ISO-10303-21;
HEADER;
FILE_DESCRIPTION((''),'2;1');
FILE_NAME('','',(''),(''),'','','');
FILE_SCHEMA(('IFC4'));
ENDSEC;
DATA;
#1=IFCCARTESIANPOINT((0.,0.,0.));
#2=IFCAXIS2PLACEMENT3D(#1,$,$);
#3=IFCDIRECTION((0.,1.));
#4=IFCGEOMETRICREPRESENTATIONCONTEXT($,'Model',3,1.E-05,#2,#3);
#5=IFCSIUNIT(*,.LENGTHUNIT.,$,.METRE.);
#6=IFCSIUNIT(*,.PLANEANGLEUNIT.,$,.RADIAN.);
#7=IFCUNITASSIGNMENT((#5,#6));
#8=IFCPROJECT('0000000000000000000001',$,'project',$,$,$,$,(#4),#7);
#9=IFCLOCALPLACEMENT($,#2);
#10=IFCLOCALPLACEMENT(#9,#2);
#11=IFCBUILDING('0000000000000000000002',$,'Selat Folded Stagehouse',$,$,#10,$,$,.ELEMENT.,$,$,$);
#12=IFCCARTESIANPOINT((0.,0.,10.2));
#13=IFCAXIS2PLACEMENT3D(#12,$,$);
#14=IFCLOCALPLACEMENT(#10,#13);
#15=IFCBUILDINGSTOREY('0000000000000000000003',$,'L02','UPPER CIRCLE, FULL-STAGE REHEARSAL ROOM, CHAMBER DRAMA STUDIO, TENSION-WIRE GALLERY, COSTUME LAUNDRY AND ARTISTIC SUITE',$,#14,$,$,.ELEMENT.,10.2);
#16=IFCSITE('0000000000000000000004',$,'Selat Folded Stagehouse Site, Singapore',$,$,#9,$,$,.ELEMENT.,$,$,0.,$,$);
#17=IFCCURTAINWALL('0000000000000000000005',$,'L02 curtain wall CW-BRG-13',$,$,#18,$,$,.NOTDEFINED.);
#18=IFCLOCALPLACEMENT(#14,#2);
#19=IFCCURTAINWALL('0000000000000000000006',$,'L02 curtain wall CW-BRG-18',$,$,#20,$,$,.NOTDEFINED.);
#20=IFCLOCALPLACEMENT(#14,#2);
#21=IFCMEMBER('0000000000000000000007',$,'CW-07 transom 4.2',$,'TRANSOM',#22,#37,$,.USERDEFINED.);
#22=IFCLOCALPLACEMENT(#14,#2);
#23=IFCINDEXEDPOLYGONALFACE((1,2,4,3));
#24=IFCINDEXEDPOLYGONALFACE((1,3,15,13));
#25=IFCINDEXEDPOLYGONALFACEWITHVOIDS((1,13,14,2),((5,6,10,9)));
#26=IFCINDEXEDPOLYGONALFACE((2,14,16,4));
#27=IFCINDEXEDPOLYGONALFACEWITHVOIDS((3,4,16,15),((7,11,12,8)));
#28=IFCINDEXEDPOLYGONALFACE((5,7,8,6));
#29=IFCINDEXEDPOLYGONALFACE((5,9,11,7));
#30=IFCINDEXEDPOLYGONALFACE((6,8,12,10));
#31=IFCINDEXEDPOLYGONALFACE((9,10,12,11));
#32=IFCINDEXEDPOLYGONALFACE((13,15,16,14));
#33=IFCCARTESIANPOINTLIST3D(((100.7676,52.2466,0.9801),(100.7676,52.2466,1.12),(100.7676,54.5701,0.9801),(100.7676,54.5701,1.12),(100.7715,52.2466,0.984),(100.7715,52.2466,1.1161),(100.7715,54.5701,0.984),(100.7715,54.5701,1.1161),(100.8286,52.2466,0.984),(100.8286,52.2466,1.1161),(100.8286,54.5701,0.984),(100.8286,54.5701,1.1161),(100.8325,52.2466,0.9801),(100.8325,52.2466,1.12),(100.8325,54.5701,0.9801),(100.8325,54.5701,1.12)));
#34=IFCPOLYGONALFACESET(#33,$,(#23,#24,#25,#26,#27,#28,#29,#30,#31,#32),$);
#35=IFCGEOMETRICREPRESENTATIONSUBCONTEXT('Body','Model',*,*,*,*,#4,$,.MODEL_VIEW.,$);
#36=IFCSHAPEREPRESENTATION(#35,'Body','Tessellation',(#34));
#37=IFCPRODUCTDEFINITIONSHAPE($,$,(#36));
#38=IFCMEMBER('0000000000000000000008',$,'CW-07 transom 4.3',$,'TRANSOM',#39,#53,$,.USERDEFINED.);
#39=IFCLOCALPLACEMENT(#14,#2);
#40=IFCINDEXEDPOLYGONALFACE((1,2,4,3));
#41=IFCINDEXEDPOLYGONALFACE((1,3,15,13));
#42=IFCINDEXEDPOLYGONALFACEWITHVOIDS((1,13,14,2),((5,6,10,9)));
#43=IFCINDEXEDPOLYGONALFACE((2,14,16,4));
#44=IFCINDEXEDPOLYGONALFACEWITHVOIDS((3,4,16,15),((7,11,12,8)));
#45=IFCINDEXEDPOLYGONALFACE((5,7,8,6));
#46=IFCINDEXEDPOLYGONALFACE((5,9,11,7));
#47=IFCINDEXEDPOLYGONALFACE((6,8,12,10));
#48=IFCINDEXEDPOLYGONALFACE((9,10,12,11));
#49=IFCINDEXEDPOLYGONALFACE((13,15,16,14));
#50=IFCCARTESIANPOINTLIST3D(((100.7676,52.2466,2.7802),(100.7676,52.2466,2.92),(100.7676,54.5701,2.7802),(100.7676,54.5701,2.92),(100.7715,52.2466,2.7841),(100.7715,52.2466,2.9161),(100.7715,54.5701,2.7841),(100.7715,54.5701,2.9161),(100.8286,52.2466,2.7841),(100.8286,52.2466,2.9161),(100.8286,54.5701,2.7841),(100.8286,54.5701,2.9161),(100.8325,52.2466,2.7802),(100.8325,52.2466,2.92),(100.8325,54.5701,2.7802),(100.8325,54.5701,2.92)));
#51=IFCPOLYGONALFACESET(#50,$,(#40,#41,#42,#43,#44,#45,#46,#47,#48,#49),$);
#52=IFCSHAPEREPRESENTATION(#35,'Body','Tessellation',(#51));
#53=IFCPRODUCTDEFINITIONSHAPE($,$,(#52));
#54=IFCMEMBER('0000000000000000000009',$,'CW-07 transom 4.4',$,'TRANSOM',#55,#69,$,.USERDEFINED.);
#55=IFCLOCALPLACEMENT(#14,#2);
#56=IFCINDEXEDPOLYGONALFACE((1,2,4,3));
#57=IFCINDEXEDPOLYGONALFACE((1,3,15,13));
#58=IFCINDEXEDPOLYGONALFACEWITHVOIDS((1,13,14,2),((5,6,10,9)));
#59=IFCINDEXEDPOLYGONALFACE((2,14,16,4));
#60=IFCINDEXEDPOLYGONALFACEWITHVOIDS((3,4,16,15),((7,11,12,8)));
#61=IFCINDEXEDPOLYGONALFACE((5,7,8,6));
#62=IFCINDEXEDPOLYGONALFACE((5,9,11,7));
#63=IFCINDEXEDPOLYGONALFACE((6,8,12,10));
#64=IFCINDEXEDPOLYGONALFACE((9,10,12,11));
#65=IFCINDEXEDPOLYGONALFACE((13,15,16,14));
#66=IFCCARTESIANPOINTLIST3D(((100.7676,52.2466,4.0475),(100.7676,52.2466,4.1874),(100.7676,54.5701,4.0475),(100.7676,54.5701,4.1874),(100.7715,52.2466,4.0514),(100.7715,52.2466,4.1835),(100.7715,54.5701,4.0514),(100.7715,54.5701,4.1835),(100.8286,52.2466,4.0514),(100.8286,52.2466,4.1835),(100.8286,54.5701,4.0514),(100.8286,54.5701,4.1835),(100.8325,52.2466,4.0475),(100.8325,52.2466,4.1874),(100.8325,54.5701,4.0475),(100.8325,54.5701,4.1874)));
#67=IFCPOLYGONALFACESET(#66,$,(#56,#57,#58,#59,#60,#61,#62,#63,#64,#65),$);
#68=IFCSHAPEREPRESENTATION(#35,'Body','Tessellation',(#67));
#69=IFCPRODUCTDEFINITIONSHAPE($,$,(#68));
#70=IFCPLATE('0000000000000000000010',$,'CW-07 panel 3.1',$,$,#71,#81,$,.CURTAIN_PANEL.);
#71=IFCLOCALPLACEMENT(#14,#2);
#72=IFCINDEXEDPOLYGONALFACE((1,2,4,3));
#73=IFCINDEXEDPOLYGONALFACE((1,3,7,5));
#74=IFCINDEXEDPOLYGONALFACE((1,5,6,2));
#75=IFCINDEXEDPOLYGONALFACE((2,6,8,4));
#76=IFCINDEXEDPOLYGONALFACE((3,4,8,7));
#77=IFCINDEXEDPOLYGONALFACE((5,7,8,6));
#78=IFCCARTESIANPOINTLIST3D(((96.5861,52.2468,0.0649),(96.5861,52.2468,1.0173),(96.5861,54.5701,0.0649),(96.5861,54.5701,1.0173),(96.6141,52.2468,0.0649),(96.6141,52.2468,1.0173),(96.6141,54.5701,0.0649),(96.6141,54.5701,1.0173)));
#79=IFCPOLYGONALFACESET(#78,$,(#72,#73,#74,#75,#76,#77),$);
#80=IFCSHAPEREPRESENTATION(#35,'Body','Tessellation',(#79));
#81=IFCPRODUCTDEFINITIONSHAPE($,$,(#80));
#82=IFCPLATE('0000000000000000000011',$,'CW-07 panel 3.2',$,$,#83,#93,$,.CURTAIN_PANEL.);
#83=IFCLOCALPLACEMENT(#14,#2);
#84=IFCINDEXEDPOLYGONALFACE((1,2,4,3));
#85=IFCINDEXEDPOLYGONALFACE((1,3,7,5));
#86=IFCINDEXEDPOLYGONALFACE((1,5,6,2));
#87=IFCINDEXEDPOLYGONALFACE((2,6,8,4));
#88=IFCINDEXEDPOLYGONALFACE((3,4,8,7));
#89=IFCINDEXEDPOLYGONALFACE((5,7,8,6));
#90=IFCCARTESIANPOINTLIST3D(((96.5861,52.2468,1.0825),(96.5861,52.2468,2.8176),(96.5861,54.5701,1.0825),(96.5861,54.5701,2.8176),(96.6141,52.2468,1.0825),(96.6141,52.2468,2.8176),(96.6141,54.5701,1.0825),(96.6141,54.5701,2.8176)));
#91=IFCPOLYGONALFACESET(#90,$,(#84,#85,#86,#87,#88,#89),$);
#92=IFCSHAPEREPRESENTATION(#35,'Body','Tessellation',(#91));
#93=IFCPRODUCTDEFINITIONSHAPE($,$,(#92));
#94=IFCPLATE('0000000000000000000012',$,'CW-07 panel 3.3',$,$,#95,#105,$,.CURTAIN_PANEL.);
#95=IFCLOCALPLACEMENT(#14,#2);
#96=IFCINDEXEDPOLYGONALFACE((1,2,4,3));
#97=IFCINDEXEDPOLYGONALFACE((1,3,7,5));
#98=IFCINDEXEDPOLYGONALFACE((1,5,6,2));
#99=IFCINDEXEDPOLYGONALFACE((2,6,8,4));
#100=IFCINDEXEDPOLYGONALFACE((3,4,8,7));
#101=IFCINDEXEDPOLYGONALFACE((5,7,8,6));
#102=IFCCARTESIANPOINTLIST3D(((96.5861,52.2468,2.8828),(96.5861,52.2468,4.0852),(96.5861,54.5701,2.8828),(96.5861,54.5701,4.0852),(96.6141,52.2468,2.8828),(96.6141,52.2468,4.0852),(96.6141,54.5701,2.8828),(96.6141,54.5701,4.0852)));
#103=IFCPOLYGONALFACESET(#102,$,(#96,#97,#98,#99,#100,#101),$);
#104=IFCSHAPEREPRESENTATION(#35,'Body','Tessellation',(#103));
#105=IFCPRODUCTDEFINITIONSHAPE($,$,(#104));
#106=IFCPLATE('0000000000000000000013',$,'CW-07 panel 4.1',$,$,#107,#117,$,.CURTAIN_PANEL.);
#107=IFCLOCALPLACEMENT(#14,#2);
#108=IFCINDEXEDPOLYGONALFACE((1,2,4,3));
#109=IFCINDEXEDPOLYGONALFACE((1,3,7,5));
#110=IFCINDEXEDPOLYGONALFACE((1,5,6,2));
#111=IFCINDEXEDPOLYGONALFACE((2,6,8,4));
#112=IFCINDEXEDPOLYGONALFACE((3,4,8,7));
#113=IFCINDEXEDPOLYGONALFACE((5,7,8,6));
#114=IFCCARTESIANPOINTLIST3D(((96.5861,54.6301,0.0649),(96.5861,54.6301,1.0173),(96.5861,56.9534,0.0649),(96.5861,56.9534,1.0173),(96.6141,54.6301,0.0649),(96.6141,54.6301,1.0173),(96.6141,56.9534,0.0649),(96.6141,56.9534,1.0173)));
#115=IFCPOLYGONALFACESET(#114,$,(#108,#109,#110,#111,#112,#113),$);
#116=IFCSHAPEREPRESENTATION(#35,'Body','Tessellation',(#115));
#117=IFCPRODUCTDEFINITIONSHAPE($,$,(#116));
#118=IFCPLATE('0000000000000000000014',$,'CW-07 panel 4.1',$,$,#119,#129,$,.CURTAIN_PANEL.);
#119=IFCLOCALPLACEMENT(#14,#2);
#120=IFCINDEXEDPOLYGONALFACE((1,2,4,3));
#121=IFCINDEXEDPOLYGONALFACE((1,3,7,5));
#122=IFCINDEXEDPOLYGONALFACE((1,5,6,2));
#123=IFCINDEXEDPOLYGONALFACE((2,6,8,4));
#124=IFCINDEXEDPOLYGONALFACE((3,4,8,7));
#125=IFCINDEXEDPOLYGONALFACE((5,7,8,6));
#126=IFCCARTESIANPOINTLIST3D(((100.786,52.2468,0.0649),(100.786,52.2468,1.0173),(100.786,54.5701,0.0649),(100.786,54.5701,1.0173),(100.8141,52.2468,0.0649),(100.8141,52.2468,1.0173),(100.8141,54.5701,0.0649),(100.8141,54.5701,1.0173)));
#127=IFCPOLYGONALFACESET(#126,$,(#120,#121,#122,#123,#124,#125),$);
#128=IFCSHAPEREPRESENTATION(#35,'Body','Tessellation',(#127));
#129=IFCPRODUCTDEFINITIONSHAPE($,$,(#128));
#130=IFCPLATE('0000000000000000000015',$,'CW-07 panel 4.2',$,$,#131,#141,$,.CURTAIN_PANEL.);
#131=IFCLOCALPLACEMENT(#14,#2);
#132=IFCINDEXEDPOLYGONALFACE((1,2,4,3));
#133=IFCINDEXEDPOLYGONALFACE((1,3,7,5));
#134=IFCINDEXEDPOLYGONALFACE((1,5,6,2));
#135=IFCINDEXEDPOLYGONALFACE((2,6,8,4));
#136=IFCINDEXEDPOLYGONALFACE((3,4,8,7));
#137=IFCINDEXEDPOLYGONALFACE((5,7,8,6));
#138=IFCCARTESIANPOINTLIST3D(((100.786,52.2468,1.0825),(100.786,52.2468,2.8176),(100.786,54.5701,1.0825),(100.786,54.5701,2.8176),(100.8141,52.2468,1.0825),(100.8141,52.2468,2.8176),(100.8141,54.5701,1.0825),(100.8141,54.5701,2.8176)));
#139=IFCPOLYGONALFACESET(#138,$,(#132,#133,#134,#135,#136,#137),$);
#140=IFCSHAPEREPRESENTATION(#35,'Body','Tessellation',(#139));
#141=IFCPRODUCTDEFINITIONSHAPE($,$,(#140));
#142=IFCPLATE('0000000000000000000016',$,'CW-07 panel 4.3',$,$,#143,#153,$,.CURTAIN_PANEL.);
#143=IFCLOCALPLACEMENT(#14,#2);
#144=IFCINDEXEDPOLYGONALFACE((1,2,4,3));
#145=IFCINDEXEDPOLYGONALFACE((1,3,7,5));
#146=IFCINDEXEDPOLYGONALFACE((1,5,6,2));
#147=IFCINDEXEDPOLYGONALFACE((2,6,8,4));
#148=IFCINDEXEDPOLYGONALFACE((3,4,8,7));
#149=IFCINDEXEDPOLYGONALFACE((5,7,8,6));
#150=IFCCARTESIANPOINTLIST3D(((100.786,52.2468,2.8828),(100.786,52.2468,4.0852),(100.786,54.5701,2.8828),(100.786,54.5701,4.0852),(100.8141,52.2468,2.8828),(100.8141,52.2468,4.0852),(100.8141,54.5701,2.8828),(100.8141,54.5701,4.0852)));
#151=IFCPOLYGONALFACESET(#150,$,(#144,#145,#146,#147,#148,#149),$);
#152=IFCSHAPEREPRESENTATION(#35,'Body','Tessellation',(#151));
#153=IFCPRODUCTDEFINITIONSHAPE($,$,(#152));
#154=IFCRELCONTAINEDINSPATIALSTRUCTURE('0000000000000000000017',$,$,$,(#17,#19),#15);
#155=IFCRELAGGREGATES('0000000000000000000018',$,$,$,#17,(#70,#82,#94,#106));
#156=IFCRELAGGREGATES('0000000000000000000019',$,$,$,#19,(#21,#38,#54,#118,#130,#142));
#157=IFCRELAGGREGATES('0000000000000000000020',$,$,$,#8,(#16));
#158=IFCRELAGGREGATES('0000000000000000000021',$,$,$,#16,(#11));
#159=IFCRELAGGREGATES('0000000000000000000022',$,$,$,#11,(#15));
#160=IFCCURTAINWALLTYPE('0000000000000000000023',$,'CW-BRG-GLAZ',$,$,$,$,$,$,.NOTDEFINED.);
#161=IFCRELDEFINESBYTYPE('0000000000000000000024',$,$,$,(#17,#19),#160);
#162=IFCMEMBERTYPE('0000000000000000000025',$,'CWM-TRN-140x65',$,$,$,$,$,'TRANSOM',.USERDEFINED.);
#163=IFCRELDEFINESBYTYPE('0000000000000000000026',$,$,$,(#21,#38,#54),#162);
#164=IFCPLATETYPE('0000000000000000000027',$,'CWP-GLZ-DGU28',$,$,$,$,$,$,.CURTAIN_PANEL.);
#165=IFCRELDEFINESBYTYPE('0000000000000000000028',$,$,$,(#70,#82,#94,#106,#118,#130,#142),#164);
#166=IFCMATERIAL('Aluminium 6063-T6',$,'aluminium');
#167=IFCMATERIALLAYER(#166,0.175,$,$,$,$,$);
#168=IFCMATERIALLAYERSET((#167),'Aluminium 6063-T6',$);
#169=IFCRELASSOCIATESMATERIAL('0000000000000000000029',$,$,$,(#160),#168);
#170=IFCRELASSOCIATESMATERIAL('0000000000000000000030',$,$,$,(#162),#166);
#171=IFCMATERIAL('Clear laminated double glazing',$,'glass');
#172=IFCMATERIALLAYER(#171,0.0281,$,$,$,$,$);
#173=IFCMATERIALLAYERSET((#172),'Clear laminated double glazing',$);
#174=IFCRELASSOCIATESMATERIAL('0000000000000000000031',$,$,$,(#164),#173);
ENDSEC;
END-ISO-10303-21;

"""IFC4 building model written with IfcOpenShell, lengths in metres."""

from ifc_helpers import new_model, si_unit, direction, frame, origin, origin_2d, place, context, subcontext, project, spatial, rectangle, hollow_rectangle, extrude, material, layer, layer_set, material_profile, profile_set, type_object, element, aggregate, save


model = new_model("IFC4")

# Units and contexts
model_context = context("Model", 3, precision=1e-05, world=origin(), true_north=direction((0.0, 1.0)))
body_context = subcontext(model_context, "Body", "Model", "MODEL_VIEW")
ifc_project = project(units=[si_unit("LENGTHUNIT", "METRE"), si_unit("PLANEANGLEUNIT", "RADIAN")], contexts=[model_context])

# Site, building, storey
site_placement = place(None, origin())
site = spatial("IfcSite", under=ifc_project, at=site_placement, Name="Selat Folded Stagehouse Site, Singapore", CompositionType="ELEMENT", RefElevation=0.0)
building_placement = place(site_placement, origin())
building = spatial("IfcBuilding", under=site, at=building_placement, Name="Selat Folded Stagehouse", CompositionType="ELEMENT")
storey_placement = place(building_placement, frame((0.0, 0.0, 10.2)))
storey = spatial("IfcBuildingStorey", under=building, at=storey_placement, Name="L02", Description="UPPER CIRCLE, FULL-STAGE REHEARSAL ROOM, CHAMBER DRAMA STUDIO, TENSION-WIRE GALLERY, COSTUME LAUNDRY AND ARTISTIC SUITE", CompositionType="ELEMENT", Elevation=10.2)

# Curtain walls
ifc_material_1 = material(Name="Aluminium 6063-T6", Category="aluminium")
ifc_layer_1 = layer(ifc_material_1, 0.175)
ifc_layer_set_1 = layer_set([ifc_layer_1], Name="Aluminium 6063-T6")
curtain_wall_type = type_object("IfcCurtainWallType", Name="CW-BRG-GLAZ", PredefinedType="NOTDEFINED", material=ifc_layer_set_1)
curtain_wall_1_placement = place(storey_placement, origin())
curtain_wall_1 = element("IfcCurtainWall", 1, at=curtain_wall_1_placement, inside=storey, type_object=curtain_wall_type, Name="L02 curtain wall CW-BRG-13", PredefinedType="NOTDEFINED")
curtain_wall_2_placement = place(storey_placement, origin())
curtain_wall_2 = element("IfcCurtainWall", 2, at=curtain_wall_2_placement, inside=storey, type_object=curtain_wall_type, Name="L02 curtain wall CW-BRG-18", PredefinedType="NOTDEFINED")

# Members
ifc_material_profile_1 = material_profile(ifc_material_1, hollow_rectangle(XDim=0.0649, YDim=0.1399, WallThickness=0.0039, at=origin_2d()), Name="ALU 140x65x4.0")
ifc_profile_set_1 = profile_set([ifc_material_profile_1], Name="Aluminium 6063-T6")
member_type_1 = type_object("IfcMemberType", Name="CWM-TRN-140x65", ElementType="TRANSOM", PredefinedType="USERDEFINED", material=ifc_profile_set_1)
member_1_placement = place(storey_placement, frame((100.8, 54.5701, 1.05), z_axis=(0.0, -1.0, 0.0), x_axis=(1.0, 0.0, 0.0)))
member_1 = element("IfcMember", 3, at=member_1_placement, type_object=member_type_1, Name="CW-07 transom 4.2", ObjectType="TRANSOM", PredefinedType="USERDEFINED", context=body_context, shape_type="SweptSolid", body=[
    extrude(hollow_rectangle(XDim=0.0649, YDim=0.1399, WallThickness=0.0039, at=origin_2d()), origin(), (0.0, 0.0, 1.0), 2.3235),
])
member_2_placement = place(storey_placement, frame((100.8, 54.5701, 2.8501), z_axis=(0.0, -1.0, 0.0), x_axis=(1.0, 0.0, 0.0)))
member_2 = element("IfcMember", 4, at=member_2_placement, type_object=member_type_1, Name="CW-07 transom 4.3", ObjectType="TRANSOM", PredefinedType="USERDEFINED", context=body_context, shape_type="SweptSolid", body=[
    extrude(hollow_rectangle(XDim=0.0649, YDim=0.1399, WallThickness=0.0039, at=origin_2d()), origin(), (0.0, 0.0, 1.0), 2.3235),
])
member_3_placement = place(storey_placement, frame((100.8, 54.5701, 4.1174), z_axis=(0.0, -1.0, 0.0), x_axis=(1.0, 0.0, 0.0)))
member_3 = element("IfcMember", 5, at=member_3_placement, type_object=member_type_1, Name="CW-07 transom 4.4", ObjectType="TRANSOM", PredefinedType="USERDEFINED", context=body_context, shape_type="SweptSolid", body=[
    extrude(hollow_rectangle(XDim=0.0649, YDim=0.1399, WallThickness=0.0039, at=origin_2d()), origin(), (0.0, 0.0, 1.0), 2.3235),
])

# Plates
ifc_material_2 = material(Name="Clear laminated double glazing", Category="glass")
ifc_layer_2 = layer(ifc_material_2, 0.0281)
ifc_layer_set_2 = layer_set([ifc_layer_2], Name="Clear laminated double glazing")
plate_type = type_object("IfcPlateType", Name="CWP-GLZ-DGU28", PredefinedType="CURTAIN_PANEL", material=ifc_layer_set_2)
plate_1_placement = place(storey_placement, frame((96.6001, 53.4084, 0.0649), z_axis=(0.0, 0.0, 1.0), x_axis=(0.0, 1.0, 0.0)))
plate_1 = element("IfcPlate", 6, at=plate_1_placement, type_object=plate_type, Name="CW-07 panel 3.1", PredefinedType="CURTAIN_PANEL", context=body_context, shape_type="SweptSolid", body=[
    extrude(rectangle(XDim=2.3232, YDim=0.0281, at=origin_2d()), origin(), (0.0, 0.0, 1.0), 0.9524),
])
plate_2_placement = place(storey_placement, frame((96.6001, 53.4084, 1.0825), z_axis=(0.0, 0.0, 1.0), x_axis=(0.0, 1.0, 0.0)))
plate_2 = element("IfcPlate", 7, at=plate_2_placement, type_object=plate_type, Name="CW-07 panel 3.2", PredefinedType="CURTAIN_PANEL", context=body_context, shape_type="SweptSolid", body=[
    extrude(rectangle(XDim=2.3232, YDim=0.0281, at=origin_2d()), origin(), (0.0, 0.0, 1.0), 1.7351),
])
plate_3_placement = place(storey_placement, frame((96.6001, 53.4084, 2.8828), z_axis=(0.0, 0.0, 1.0), x_axis=(0.0, 1.0, 0.0)))
plate_3 = element("IfcPlate", 8, at=plate_3_placement, type_object=plate_type, Name="CW-07 panel 3.3", PredefinedType="CURTAIN_PANEL", context=body_context, shape_type="SweptSolid", body=[
    extrude(rectangle(XDim=2.3232, YDim=0.0281, at=origin_2d()), origin(), (0.0, 0.0, 1.0), 1.2024),
])
plate_4_placement = place(storey_placement, frame((96.6001, 55.7917, 0.0649), z_axis=(0.0, 0.0, 1.0), x_axis=(0.0, 1.0, 0.0)))
plate_4 = element("IfcPlate", 9, at=plate_4_placement, type_object=plate_type, Name="CW-07 panel 4.1", PredefinedType="CURTAIN_PANEL", context=body_context, shape_type="SweptSolid", body=[
    extrude(rectangle(XDim=2.3232, YDim=0.0281, at=origin_2d()), origin(), (0.0, 0.0, 1.0), 0.9524),
])
aggregate(curtain_wall_1, [plate_1, plate_2, plate_3, plate_4])
plate_5_placement = place(storey_placement, frame((100.8, 53.4084, 0.0649), z_axis=(0.0, 0.0, 1.0), x_axis=(0.0, -1.0, 0.0)))
plate_5 = element("IfcPlate", 10, at=plate_5_placement, type_object=plate_type, Name="CW-07 panel 4.1", PredefinedType="CURTAIN_PANEL", context=body_context, shape_type="SweptSolid", body=[
    extrude(rectangle(XDim=2.3232, YDim=0.0281, at=origin_2d()), origin(), (0.0, 0.0, 1.0), 0.9524),
])
plate_6_placement = place(storey_placement, frame((100.8, 53.4084, 1.0825), z_axis=(0.0, 0.0, 1.0), x_axis=(0.0, -1.0, 0.0)))
plate_6 = element("IfcPlate", 11, at=plate_6_placement, type_object=plate_type, Name="CW-07 panel 4.2", PredefinedType="CURTAIN_PANEL", context=body_context, shape_type="SweptSolid", body=[
    extrude(rectangle(XDim=2.3232, YDim=0.0281, at=origin_2d()), origin(), (0.0, 0.0, 1.0), 1.7351),
])
plate_7_placement = place(storey_placement, frame((100.8, 53.4084, 2.8828), z_axis=(0.0, 0.0, 1.0), x_axis=(0.0, -1.0, 0.0)))
plate_7 = element("IfcPlate", 12, at=plate_7_placement, type_object=plate_type, Name="CW-07 panel 4.3", PredefinedType="CURTAIN_PANEL", context=body_context, shape_type="SweptSolid", body=[
    extrude(rectangle(XDim=2.3232, YDim=0.0281, at=origin_2d()), origin(), (0.0, 0.0, 1.0), 1.2024),
])
aggregate(curtain_wall_2, [member_1, member_2, member_3, plate_5, plate_6, plate_7])

save(model, "model.ifc")
